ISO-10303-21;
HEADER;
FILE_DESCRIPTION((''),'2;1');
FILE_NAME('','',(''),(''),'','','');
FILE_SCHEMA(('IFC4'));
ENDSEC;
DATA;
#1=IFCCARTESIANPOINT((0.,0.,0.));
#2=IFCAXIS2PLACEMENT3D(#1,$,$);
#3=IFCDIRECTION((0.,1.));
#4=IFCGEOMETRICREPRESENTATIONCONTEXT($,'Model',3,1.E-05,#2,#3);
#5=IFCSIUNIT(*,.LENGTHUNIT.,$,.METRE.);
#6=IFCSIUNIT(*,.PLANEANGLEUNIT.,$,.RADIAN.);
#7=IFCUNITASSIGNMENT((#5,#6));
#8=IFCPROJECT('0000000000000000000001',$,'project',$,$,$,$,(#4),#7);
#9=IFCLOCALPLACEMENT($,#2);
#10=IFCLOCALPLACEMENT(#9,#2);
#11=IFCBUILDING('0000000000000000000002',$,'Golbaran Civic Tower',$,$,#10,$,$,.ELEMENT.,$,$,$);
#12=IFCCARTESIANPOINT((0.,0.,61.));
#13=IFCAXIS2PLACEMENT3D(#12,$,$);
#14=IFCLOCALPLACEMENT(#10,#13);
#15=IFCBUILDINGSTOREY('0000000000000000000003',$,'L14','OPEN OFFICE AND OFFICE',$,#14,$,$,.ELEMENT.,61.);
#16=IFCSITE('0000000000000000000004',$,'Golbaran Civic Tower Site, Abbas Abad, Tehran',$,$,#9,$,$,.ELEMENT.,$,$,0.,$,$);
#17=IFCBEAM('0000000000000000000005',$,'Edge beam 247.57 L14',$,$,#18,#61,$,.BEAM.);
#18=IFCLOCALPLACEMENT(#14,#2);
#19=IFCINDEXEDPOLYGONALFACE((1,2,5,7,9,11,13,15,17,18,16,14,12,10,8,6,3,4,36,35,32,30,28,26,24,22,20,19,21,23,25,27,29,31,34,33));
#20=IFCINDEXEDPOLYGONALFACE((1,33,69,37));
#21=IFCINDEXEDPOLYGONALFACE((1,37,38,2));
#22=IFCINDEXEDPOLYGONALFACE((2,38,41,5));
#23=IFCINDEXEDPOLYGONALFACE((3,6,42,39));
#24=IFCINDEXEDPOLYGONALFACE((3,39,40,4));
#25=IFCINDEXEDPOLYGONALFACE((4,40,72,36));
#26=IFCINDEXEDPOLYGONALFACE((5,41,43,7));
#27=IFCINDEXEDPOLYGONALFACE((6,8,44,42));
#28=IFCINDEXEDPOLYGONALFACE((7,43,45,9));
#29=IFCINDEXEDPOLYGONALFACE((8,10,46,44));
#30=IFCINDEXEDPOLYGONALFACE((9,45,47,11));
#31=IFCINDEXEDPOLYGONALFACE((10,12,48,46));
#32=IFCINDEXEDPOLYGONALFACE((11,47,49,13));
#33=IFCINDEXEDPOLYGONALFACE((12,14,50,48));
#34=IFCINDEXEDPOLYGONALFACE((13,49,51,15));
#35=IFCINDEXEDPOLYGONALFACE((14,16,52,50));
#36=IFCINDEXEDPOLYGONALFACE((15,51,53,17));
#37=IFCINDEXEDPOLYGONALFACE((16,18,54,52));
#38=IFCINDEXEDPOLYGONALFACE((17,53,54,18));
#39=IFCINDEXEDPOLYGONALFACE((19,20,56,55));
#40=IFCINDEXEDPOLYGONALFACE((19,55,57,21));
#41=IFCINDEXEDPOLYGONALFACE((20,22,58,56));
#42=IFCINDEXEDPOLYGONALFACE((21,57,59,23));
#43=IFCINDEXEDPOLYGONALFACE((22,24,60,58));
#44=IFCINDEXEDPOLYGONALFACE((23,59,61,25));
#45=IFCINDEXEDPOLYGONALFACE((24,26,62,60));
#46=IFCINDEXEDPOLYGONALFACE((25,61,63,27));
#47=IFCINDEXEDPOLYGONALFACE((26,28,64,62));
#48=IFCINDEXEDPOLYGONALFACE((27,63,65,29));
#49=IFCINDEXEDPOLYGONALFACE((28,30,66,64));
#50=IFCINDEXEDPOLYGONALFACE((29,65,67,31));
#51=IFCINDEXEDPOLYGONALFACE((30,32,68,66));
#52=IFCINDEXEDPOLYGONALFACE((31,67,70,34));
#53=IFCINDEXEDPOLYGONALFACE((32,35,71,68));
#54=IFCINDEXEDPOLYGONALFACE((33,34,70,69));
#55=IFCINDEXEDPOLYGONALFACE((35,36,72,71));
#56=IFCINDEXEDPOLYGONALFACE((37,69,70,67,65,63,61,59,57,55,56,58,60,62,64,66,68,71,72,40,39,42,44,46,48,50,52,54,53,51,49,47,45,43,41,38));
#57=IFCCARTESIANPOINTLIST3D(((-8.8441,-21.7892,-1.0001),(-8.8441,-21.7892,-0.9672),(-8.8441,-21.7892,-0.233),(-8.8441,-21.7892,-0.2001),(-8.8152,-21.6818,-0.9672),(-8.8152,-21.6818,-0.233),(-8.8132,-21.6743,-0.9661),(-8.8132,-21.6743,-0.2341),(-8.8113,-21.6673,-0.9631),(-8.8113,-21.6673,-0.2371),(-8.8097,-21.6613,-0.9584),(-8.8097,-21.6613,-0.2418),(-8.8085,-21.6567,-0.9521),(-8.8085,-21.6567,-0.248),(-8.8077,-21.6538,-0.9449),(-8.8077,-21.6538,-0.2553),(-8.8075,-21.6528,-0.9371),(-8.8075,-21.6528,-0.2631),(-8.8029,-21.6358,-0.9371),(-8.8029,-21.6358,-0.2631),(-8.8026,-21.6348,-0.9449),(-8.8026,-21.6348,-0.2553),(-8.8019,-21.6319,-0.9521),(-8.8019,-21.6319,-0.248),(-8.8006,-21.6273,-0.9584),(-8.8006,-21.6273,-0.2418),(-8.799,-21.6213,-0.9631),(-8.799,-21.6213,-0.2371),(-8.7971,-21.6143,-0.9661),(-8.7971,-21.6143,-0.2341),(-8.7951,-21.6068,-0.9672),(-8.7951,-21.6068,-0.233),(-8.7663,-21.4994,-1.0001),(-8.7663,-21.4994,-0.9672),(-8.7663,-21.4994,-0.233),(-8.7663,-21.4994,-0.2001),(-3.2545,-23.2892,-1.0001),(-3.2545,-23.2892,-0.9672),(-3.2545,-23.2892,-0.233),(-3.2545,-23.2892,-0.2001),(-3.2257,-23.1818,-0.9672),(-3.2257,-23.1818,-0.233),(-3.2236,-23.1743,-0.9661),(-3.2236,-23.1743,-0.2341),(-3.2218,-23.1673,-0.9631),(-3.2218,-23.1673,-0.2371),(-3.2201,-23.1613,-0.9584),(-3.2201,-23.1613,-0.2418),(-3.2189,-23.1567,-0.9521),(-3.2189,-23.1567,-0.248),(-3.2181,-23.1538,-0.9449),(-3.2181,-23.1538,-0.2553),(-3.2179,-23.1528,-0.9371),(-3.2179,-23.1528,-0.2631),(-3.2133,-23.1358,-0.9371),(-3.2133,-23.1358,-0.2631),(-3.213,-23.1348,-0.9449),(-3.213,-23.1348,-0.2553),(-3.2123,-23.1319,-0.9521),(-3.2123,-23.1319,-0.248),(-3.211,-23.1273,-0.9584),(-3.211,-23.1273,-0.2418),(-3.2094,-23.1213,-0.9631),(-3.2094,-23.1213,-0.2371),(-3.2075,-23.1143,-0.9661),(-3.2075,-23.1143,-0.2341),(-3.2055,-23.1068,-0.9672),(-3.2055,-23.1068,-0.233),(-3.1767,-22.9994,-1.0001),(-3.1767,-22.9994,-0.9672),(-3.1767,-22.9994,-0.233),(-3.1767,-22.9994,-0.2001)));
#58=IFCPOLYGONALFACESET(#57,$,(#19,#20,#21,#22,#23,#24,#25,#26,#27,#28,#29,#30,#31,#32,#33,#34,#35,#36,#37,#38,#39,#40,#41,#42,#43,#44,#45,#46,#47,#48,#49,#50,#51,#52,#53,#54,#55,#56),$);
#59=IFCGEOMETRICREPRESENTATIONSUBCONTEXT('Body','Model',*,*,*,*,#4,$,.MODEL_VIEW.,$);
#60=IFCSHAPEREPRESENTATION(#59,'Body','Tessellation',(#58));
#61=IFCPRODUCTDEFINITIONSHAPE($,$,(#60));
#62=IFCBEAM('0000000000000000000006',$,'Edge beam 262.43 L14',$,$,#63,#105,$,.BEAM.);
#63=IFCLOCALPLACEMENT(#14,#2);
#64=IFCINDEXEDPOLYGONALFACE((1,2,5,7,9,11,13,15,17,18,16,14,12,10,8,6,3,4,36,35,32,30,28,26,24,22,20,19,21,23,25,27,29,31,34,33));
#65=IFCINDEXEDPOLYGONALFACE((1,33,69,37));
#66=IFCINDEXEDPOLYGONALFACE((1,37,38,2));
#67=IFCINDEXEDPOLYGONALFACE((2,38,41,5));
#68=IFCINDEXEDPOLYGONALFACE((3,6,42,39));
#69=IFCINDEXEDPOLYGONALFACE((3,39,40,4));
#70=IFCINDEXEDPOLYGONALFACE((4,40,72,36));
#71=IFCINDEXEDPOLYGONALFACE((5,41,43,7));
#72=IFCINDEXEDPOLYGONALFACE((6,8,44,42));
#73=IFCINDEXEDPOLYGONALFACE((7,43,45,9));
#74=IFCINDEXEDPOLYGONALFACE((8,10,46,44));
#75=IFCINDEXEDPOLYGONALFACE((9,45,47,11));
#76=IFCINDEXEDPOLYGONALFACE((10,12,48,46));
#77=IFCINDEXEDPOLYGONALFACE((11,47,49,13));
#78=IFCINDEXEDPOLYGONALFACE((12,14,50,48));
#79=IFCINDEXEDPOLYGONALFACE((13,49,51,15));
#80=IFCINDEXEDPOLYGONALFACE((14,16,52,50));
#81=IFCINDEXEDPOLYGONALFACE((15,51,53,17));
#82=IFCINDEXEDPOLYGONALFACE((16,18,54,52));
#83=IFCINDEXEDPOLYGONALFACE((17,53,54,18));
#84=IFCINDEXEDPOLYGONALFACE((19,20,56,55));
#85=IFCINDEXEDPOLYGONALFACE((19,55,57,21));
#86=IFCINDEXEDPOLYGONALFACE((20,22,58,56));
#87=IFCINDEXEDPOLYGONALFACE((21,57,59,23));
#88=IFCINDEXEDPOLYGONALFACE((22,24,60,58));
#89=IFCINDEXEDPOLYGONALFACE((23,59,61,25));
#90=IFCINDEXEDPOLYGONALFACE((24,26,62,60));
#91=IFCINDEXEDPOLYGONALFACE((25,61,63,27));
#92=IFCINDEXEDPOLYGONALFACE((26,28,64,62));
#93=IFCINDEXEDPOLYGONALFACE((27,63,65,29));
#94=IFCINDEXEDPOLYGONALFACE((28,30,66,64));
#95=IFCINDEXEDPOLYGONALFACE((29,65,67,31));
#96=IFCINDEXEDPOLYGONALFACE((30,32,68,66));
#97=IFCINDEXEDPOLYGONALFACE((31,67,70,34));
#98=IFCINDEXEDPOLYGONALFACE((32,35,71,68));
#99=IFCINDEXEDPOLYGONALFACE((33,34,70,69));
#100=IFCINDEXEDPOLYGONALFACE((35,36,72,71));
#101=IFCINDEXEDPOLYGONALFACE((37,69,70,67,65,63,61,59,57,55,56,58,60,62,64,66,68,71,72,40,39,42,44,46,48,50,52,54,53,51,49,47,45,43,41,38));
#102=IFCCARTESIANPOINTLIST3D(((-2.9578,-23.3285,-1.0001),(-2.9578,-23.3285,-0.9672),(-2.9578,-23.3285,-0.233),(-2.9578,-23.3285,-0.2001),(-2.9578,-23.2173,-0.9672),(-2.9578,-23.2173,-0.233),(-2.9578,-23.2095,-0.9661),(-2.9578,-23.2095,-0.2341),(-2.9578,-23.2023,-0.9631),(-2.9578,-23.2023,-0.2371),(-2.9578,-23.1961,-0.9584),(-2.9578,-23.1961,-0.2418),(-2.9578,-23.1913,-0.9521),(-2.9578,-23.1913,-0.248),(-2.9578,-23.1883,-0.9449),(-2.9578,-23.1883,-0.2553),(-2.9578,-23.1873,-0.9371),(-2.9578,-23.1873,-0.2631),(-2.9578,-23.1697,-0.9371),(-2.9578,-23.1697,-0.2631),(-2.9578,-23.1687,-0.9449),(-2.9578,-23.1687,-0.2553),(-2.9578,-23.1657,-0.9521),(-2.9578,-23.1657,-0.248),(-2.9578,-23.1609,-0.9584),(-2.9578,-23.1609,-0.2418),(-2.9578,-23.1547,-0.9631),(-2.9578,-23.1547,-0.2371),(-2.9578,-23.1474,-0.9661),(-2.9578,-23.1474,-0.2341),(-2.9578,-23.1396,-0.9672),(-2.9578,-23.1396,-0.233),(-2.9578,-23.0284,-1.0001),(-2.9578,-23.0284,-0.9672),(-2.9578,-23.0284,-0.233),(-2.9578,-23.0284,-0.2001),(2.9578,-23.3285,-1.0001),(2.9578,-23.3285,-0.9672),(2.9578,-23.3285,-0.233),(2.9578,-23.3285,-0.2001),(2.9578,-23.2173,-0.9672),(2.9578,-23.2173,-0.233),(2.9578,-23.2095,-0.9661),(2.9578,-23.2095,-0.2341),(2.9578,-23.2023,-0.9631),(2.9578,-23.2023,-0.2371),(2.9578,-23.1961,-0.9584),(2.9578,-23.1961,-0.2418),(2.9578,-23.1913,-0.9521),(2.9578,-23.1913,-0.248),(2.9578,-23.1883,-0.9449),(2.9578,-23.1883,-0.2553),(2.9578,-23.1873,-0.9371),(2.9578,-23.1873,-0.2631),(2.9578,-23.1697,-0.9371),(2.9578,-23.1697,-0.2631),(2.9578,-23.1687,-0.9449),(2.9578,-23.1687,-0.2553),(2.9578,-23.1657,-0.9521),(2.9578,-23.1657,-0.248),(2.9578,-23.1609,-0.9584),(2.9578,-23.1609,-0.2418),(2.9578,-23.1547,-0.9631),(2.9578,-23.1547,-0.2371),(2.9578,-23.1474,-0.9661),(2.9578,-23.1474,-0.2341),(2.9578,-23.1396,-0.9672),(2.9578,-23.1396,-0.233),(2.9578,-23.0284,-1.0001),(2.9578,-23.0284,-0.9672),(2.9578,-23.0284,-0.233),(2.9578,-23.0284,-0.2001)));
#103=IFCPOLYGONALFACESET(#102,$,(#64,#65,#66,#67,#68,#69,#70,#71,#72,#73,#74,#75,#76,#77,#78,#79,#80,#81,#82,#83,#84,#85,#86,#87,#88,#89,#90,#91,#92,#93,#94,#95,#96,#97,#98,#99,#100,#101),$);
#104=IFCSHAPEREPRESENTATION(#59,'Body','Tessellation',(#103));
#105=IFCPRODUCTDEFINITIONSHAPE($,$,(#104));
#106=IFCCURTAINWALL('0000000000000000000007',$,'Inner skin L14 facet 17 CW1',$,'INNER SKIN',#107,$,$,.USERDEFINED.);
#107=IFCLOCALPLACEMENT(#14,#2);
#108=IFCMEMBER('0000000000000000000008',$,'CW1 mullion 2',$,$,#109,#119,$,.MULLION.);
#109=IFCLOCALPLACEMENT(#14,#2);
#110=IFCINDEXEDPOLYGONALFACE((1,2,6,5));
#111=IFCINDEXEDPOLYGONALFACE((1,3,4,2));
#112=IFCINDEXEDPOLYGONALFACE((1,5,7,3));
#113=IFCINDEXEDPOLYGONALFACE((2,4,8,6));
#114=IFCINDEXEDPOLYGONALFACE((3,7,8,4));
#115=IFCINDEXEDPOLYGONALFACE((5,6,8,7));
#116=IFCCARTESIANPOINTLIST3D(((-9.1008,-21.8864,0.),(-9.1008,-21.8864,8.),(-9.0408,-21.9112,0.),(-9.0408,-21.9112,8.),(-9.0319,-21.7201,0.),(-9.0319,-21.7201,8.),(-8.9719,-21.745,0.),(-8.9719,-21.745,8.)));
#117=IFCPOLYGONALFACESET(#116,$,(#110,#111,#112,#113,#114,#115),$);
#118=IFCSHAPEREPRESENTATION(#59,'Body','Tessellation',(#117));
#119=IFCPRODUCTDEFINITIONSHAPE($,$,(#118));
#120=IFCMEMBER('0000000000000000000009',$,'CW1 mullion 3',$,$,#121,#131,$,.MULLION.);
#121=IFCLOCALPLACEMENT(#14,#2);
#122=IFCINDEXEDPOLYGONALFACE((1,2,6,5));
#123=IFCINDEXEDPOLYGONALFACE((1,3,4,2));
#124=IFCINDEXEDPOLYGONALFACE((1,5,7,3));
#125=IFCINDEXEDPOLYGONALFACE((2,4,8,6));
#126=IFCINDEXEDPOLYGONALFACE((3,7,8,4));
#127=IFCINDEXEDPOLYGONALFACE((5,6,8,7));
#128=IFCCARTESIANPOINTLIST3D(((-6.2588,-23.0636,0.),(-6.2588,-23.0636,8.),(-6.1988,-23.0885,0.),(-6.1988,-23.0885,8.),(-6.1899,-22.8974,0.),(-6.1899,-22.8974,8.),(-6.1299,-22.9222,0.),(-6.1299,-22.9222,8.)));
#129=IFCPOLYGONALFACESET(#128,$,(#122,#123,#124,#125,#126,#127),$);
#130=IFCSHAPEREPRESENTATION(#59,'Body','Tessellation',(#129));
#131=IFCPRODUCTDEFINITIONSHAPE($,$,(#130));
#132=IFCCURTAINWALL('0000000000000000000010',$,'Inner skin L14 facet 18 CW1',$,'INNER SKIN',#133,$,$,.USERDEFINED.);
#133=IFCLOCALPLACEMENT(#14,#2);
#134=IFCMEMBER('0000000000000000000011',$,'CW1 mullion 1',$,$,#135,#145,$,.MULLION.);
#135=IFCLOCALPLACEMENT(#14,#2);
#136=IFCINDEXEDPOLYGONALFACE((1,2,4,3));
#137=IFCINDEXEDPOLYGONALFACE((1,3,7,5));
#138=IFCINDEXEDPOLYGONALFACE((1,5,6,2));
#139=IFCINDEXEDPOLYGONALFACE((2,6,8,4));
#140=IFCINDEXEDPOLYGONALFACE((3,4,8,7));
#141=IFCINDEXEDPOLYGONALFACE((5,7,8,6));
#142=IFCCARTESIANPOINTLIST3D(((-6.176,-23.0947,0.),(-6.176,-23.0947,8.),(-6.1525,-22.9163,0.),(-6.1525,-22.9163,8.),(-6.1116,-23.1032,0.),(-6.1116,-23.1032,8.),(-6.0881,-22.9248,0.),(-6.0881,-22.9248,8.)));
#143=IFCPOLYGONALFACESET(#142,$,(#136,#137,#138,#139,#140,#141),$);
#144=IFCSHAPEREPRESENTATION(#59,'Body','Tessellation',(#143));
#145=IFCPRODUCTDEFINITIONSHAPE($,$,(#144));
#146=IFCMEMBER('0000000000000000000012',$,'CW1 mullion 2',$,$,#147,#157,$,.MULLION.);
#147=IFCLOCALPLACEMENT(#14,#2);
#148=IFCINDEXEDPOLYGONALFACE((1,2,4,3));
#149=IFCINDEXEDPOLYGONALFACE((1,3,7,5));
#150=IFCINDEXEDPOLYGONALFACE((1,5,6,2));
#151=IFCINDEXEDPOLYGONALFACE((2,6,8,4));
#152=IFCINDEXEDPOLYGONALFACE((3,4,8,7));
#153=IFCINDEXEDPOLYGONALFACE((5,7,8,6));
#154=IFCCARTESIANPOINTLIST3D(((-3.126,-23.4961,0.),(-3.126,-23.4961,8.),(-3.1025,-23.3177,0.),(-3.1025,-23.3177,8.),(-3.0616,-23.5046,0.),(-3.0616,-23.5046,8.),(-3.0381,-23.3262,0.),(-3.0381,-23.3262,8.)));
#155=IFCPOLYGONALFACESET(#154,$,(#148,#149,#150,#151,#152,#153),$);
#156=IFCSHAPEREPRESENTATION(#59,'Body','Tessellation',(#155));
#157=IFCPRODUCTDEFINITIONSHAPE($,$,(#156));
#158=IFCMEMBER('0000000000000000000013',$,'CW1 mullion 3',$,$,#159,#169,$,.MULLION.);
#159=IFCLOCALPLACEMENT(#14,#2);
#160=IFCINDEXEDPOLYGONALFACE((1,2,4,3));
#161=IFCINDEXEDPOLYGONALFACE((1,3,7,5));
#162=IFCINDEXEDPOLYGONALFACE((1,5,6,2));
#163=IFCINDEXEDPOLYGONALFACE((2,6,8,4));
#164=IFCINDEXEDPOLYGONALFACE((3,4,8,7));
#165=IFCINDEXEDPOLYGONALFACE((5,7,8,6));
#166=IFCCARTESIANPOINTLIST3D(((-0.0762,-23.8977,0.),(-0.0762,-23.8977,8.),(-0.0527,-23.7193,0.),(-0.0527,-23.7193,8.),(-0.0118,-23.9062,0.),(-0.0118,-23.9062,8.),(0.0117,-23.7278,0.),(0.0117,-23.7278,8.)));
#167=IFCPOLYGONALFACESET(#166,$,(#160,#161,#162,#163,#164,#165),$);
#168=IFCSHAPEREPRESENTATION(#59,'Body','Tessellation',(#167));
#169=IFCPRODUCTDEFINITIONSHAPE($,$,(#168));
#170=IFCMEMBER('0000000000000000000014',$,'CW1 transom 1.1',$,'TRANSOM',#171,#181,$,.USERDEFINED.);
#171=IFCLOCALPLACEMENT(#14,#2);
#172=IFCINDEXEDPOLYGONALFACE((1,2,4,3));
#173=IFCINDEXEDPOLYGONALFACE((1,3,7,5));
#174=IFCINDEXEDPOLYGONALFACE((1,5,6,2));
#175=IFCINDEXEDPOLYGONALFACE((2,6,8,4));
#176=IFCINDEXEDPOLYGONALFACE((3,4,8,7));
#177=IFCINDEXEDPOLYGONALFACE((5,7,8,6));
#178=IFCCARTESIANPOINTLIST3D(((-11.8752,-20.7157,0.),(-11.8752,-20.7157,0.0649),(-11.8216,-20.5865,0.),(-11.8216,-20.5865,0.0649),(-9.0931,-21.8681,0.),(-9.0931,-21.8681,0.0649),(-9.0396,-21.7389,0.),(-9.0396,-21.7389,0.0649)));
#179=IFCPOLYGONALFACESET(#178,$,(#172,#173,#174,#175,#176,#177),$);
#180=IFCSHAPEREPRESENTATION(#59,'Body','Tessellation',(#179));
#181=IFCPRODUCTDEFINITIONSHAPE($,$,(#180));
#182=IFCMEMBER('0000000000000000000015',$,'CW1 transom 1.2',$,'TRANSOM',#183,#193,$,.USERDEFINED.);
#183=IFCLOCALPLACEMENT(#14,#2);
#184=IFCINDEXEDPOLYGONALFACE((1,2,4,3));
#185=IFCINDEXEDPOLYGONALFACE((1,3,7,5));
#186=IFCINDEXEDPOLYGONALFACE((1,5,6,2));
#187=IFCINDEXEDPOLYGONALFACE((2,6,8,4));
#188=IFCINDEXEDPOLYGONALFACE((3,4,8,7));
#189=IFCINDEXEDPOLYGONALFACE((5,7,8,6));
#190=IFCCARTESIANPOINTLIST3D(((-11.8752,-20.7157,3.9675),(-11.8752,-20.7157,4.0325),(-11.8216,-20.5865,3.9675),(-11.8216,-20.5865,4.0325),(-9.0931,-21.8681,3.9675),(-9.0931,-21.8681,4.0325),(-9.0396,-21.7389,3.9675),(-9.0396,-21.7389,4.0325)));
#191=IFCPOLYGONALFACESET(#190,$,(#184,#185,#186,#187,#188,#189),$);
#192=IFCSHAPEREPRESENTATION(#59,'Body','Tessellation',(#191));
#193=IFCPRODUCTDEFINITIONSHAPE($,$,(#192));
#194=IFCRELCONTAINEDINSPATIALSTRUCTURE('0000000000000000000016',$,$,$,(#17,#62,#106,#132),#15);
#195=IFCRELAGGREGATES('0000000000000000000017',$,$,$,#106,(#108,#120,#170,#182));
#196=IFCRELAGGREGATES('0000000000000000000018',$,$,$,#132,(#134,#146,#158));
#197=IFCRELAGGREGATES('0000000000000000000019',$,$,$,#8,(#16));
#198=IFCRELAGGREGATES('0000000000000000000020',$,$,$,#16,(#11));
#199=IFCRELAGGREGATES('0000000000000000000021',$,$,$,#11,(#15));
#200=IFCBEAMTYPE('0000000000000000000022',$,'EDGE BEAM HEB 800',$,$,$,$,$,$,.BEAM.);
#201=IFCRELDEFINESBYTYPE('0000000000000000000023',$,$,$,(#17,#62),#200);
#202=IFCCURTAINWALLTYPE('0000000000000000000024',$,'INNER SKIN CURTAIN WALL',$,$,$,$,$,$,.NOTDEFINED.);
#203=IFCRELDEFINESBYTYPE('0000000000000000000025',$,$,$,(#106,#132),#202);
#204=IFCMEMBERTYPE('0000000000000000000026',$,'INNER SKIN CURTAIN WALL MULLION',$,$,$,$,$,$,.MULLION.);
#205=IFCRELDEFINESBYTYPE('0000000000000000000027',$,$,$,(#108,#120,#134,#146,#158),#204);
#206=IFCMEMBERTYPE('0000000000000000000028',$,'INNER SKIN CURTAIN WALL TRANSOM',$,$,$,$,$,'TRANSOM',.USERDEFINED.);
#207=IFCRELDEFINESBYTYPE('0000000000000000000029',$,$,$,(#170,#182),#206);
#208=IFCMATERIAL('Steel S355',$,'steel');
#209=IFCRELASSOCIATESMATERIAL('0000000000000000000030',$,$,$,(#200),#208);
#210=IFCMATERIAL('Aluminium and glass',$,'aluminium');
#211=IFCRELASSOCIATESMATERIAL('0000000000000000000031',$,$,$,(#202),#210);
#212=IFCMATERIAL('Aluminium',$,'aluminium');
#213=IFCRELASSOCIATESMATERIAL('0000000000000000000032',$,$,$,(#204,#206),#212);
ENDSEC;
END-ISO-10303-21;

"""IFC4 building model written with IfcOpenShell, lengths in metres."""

from ifc_helpers import new_model, si_unit, direction, frame, origin, origin_2d, place, context, subcontext, project, spatial, rectangle, i_section, extrude, material, material_profile, profile_set, type_object, element, aggregate, save


model = new_model("IFC4")

# Units and contexts
model_context = context("Model", 3, precision=1e-05, world=origin(), true_north=direction((0.0, 1.0)))
body_context = subcontext(model_context, "Body", "Model", "MODEL_VIEW")
ifc_project = project(units=[si_unit("LENGTHUNIT", "METRE"), si_unit("PLANEANGLEUNIT", "RADIAN")], contexts=[model_context])

# Site, building, storey
site_placement = place(None, origin())
site = spatial("IfcSite", under=ifc_project, at=site_placement, Name="Golbaran Civic Tower Site, Abbas Abad, Tehran", CompositionType="ELEMENT", RefElevation=0.0)
building_placement = place(site_placement, origin())
building = spatial("IfcBuilding", under=site, at=building_placement, Name="Golbaran Civic Tower", CompositionType="ELEMENT")
storey_placement = place(building_placement, frame((0.0, 0.0, 61.0)))
storey = spatial("IfcBuildingStorey", under=building, at=storey_placement, Name="L14", Description="OPEN OFFICE AND OFFICE", CompositionType="ELEMENT", Elevation=61.0)

# Beams
ifc_material_1 = material(Name="Steel S355", Category="steel")
ifc_material_profile_1 = material_profile(ifc_material_1, i_section(OverallWidth=0.3, OverallDepth=0.8, WebThickness=0.0176, FlangeThickness=0.033, FilletRadius=0.03, at=origin_2d()), Name="HEB 800")
ifc_profile_set_1 = profile_set([ifc_material_profile_1], Name="Steel S355")
beam_type = type_object("IfcBeamType", Name="EDGE BEAM HEB 800", PredefinedType="BEAM", material=ifc_profile_set_1)
beam_1_placement = place(storey_placement, frame((-8.8052, -21.6443, -0.6001), z_axis=(0.965828, -0.259185, 0.0), x_axis=(0.259185, 0.965828, 0.0)))
element("IfcBeam", 1, at=beam_1_placement, inside=storey, type_object=beam_type, Name="Edge beam 247.57 L14", PredefinedType="BEAM", context=body_context, shape_type="SweptSolid", body=[
    extrude(i_section(OverallWidth=0.3, OverallDepth=0.8, WebThickness=0.0176, FlangeThickness=0.033, FilletRadius=0.03, at=origin_2d()), origin(), (0.0, 0.0, 1.0), 5.7874),
])
beam_2_placement = place(storey_placement, frame((-2.9578, -23.1785, -0.6001), z_axis=(1.0, 0.0, 0.0), x_axis=(0.0, 1.0, 0.0)))
element("IfcBeam", 2, at=beam_2_placement, inside=storey, type_object=beam_type, Name="Edge beam 262.43 L14", PredefinedType="BEAM", context=body_context, shape_type="SweptSolid", body=[
    extrude(i_section(OverallWidth=0.3, OverallDepth=0.8, WebThickness=0.0176, FlangeThickness=0.033, FilletRadius=0.03, at=origin_2d()), origin(), (0.0, 0.0, 1.0), 5.9155),
])

# Curtain walls, members
ifc_material_2 = material(Name="Aluminium and glass", Category="aluminium")
curtain_wall_type = type_object("IfcCurtainWallType", Name="INNER SKIN CURTAIN WALL", PredefinedType="NOTDEFINED", material=ifc_material_2)
curtain_wall_1_placement = place(storey_placement, origin())
curtain_wall_1 = element("IfcCurtainWall", 3, at=curtain_wall_1_placement, inside=storey, type_object=curtain_wall_type, Name="Inner skin L14 facet 17 CW1", ObjectType="INNER SKIN", PredefinedType="USERDEFINED")
ifc_material_3 = material(Name="Aluminium", Category="aluminium")
ifc_material_profile_2 = material_profile(ifc_material_3, rectangle(XDim=0.1799, YDim=0.0649, at=origin_2d()), Name="INNER SKIN CURTAIN WALL MULLION")
ifc_profile_set_2 = profile_set([ifc_material_profile_2], Name="Aluminium")
member_type_1 = type_object("IfcMemberType", Name="INNER SKIN CURTAIN WALL MULLION", PredefinedType="MULLION", material=ifc_profile_set_2)
member_1_placement = place(storey_placement, frame((-9.0364, -21.8157, 0.0), z_axis=(0.0, 0.0, 1.0), x_axis=(0.382683, 0.92388, 0.0)))
member_1 = element("IfcMember", 4, at=member_1_placement, type_object=member_type_1, Name="CW1 mullion 2", PredefinedType="MULLION", context=body_context, shape_type="SweptSolid", body=[
    extrude(rectangle(XDim=0.1799, YDim=0.0649, at=origin_2d()), origin(), (0.0, 0.0, 1.0), 8.0),
])
member_2_placement = place(storey_placement, frame((-6.1943, -22.9929, 0.0), z_axis=(0.0, 0.0, 1.0), x_axis=(0.382683, 0.92388, 0.0)))
member_2 = element("IfcMember", 5, at=member_2_placement, type_object=member_type_1, Name="CW1 mullion 3", PredefinedType="MULLION", context=body_context, shape_type="SweptSolid", body=[
    extrude(rectangle(XDim=0.1799, YDim=0.0649, at=origin_2d()), origin(), (0.0, 0.0, 1.0), 8.0),
])
curtain_wall_2_placement = place(storey_placement, origin())
curtain_wall_2 = element("IfcCurtainWall", 6, at=curtain_wall_2_placement, inside=storey, type_object=curtain_wall_type, Name="Inner skin L14 facet 18 CW1", ObjectType="INNER SKIN", PredefinedType="USERDEFINED")
member_3_placement = place(storey_placement, frame((-6.1321, -23.0098, 0.0), z_axis=(0.0, 0.0, 1.0), x_axis=(0.130526, 0.991445, 0.0)))
member_3 = element("IfcMember", 7, at=member_3_placement, type_object=member_type_1, Name="CW1 mullion 1", PredefinedType="MULLION", context=body_context, shape_type="SweptSolid", body=[
    extrude(rectangle(XDim=0.1799, YDim=0.0649, at=origin_2d()), origin(), (0.0, 0.0, 1.0), 8.0),
])
member_4_placement = place(storey_placement, frame((-3.082, -23.4111, 0.0), z_axis=(0.0, 0.0, 1.0), x_axis=(0.130526, 0.991445, 0.0)))
member_4 = element("IfcMember", 8, at=member_4_placement, type_object=member_type_1, Name="CW1 mullion 2", PredefinedType="MULLION", context=body_context, shape_type="SweptSolid", body=[
    extrude(rectangle(XDim=0.1799, YDim=0.0649, at=origin_2d()), origin(), (0.0, 0.0, 1.0), 8.0),
])
member_5_placement = place(storey_placement, frame((-0.0322, -23.8127, 0.0), z_axis=(0.0, 0.0, 1.0), x_axis=(0.130526, 0.991445, 0.0)))
member_5 = element("IfcMember", 9, at=member_5_placement, type_object=member_type_1, Name="CW1 mullion 3", PredefinedType="MULLION", context=body_context, shape_type="SweptSolid", body=[
    extrude(rectangle(XDim=0.1799, YDim=0.0649, at=origin_2d()), origin(), (0.0, 0.0, 1.0), 8.0),
])

# Members
ifc_material_profile_3 = material_profile(ifc_material_3, rectangle(XDim=0.1399, YDim=0.0649, at=origin_2d()), Name="INNER SKIN CURTAIN WALL TRANSOM")
ifc_profile_set_3 = profile_set([ifc_material_profile_3], Name="Aluminium")
member_type_2 = type_object("IfcMemberType", Name="INNER SKIN CURTAIN WALL TRANSOM", ElementType="TRANSOM", PredefinedType="USERDEFINED", material=ifc_profile_set_3)
member_6_placement = place(storey_placement, frame((-11.8484, -20.6511, 0.0325), z_axis=(0.923878, -0.382686, 0.0), x_axis=(0.382686, 0.923878, 0.0)))
member_6 = element("IfcMember", 10, at=member_6_placement, type_object=member_type_2, Name="CW1 transom 1.1", ObjectType="TRANSOM", PredefinedType="USERDEFINED", context=body_context, shape_type="SweptSolid", body=[
    extrude(rectangle(XDim=0.1399, YDim=0.0649, at=origin_2d()), origin(), (0.0, 0.0, 1.0), 3.0112),
])
member_7_placement = place(storey_placement, frame((-11.8484, -20.6511, 4.0), z_axis=(0.923878, -0.382686, 0.0), x_axis=(0.382686, 0.923878, 0.0)))
member_7 = element("IfcMember", 11, at=member_7_placement, type_object=member_type_2, Name="CW1 transom 1.2", ObjectType="TRANSOM", PredefinedType="USERDEFINED", context=body_context, shape_type="SweptSolid", body=[
    extrude(rectangle(XDim=0.1399, YDim=0.0649, at=origin_2d()), origin(), (0.0, 0.0, 1.0), 3.0112),
])

aggregate(curtain_wall_1, [member_1, member_2, member_6, member_7])
aggregate(curtain_wall_2, [member_3, member_4, member_5])

save(model, "model.ifc")
